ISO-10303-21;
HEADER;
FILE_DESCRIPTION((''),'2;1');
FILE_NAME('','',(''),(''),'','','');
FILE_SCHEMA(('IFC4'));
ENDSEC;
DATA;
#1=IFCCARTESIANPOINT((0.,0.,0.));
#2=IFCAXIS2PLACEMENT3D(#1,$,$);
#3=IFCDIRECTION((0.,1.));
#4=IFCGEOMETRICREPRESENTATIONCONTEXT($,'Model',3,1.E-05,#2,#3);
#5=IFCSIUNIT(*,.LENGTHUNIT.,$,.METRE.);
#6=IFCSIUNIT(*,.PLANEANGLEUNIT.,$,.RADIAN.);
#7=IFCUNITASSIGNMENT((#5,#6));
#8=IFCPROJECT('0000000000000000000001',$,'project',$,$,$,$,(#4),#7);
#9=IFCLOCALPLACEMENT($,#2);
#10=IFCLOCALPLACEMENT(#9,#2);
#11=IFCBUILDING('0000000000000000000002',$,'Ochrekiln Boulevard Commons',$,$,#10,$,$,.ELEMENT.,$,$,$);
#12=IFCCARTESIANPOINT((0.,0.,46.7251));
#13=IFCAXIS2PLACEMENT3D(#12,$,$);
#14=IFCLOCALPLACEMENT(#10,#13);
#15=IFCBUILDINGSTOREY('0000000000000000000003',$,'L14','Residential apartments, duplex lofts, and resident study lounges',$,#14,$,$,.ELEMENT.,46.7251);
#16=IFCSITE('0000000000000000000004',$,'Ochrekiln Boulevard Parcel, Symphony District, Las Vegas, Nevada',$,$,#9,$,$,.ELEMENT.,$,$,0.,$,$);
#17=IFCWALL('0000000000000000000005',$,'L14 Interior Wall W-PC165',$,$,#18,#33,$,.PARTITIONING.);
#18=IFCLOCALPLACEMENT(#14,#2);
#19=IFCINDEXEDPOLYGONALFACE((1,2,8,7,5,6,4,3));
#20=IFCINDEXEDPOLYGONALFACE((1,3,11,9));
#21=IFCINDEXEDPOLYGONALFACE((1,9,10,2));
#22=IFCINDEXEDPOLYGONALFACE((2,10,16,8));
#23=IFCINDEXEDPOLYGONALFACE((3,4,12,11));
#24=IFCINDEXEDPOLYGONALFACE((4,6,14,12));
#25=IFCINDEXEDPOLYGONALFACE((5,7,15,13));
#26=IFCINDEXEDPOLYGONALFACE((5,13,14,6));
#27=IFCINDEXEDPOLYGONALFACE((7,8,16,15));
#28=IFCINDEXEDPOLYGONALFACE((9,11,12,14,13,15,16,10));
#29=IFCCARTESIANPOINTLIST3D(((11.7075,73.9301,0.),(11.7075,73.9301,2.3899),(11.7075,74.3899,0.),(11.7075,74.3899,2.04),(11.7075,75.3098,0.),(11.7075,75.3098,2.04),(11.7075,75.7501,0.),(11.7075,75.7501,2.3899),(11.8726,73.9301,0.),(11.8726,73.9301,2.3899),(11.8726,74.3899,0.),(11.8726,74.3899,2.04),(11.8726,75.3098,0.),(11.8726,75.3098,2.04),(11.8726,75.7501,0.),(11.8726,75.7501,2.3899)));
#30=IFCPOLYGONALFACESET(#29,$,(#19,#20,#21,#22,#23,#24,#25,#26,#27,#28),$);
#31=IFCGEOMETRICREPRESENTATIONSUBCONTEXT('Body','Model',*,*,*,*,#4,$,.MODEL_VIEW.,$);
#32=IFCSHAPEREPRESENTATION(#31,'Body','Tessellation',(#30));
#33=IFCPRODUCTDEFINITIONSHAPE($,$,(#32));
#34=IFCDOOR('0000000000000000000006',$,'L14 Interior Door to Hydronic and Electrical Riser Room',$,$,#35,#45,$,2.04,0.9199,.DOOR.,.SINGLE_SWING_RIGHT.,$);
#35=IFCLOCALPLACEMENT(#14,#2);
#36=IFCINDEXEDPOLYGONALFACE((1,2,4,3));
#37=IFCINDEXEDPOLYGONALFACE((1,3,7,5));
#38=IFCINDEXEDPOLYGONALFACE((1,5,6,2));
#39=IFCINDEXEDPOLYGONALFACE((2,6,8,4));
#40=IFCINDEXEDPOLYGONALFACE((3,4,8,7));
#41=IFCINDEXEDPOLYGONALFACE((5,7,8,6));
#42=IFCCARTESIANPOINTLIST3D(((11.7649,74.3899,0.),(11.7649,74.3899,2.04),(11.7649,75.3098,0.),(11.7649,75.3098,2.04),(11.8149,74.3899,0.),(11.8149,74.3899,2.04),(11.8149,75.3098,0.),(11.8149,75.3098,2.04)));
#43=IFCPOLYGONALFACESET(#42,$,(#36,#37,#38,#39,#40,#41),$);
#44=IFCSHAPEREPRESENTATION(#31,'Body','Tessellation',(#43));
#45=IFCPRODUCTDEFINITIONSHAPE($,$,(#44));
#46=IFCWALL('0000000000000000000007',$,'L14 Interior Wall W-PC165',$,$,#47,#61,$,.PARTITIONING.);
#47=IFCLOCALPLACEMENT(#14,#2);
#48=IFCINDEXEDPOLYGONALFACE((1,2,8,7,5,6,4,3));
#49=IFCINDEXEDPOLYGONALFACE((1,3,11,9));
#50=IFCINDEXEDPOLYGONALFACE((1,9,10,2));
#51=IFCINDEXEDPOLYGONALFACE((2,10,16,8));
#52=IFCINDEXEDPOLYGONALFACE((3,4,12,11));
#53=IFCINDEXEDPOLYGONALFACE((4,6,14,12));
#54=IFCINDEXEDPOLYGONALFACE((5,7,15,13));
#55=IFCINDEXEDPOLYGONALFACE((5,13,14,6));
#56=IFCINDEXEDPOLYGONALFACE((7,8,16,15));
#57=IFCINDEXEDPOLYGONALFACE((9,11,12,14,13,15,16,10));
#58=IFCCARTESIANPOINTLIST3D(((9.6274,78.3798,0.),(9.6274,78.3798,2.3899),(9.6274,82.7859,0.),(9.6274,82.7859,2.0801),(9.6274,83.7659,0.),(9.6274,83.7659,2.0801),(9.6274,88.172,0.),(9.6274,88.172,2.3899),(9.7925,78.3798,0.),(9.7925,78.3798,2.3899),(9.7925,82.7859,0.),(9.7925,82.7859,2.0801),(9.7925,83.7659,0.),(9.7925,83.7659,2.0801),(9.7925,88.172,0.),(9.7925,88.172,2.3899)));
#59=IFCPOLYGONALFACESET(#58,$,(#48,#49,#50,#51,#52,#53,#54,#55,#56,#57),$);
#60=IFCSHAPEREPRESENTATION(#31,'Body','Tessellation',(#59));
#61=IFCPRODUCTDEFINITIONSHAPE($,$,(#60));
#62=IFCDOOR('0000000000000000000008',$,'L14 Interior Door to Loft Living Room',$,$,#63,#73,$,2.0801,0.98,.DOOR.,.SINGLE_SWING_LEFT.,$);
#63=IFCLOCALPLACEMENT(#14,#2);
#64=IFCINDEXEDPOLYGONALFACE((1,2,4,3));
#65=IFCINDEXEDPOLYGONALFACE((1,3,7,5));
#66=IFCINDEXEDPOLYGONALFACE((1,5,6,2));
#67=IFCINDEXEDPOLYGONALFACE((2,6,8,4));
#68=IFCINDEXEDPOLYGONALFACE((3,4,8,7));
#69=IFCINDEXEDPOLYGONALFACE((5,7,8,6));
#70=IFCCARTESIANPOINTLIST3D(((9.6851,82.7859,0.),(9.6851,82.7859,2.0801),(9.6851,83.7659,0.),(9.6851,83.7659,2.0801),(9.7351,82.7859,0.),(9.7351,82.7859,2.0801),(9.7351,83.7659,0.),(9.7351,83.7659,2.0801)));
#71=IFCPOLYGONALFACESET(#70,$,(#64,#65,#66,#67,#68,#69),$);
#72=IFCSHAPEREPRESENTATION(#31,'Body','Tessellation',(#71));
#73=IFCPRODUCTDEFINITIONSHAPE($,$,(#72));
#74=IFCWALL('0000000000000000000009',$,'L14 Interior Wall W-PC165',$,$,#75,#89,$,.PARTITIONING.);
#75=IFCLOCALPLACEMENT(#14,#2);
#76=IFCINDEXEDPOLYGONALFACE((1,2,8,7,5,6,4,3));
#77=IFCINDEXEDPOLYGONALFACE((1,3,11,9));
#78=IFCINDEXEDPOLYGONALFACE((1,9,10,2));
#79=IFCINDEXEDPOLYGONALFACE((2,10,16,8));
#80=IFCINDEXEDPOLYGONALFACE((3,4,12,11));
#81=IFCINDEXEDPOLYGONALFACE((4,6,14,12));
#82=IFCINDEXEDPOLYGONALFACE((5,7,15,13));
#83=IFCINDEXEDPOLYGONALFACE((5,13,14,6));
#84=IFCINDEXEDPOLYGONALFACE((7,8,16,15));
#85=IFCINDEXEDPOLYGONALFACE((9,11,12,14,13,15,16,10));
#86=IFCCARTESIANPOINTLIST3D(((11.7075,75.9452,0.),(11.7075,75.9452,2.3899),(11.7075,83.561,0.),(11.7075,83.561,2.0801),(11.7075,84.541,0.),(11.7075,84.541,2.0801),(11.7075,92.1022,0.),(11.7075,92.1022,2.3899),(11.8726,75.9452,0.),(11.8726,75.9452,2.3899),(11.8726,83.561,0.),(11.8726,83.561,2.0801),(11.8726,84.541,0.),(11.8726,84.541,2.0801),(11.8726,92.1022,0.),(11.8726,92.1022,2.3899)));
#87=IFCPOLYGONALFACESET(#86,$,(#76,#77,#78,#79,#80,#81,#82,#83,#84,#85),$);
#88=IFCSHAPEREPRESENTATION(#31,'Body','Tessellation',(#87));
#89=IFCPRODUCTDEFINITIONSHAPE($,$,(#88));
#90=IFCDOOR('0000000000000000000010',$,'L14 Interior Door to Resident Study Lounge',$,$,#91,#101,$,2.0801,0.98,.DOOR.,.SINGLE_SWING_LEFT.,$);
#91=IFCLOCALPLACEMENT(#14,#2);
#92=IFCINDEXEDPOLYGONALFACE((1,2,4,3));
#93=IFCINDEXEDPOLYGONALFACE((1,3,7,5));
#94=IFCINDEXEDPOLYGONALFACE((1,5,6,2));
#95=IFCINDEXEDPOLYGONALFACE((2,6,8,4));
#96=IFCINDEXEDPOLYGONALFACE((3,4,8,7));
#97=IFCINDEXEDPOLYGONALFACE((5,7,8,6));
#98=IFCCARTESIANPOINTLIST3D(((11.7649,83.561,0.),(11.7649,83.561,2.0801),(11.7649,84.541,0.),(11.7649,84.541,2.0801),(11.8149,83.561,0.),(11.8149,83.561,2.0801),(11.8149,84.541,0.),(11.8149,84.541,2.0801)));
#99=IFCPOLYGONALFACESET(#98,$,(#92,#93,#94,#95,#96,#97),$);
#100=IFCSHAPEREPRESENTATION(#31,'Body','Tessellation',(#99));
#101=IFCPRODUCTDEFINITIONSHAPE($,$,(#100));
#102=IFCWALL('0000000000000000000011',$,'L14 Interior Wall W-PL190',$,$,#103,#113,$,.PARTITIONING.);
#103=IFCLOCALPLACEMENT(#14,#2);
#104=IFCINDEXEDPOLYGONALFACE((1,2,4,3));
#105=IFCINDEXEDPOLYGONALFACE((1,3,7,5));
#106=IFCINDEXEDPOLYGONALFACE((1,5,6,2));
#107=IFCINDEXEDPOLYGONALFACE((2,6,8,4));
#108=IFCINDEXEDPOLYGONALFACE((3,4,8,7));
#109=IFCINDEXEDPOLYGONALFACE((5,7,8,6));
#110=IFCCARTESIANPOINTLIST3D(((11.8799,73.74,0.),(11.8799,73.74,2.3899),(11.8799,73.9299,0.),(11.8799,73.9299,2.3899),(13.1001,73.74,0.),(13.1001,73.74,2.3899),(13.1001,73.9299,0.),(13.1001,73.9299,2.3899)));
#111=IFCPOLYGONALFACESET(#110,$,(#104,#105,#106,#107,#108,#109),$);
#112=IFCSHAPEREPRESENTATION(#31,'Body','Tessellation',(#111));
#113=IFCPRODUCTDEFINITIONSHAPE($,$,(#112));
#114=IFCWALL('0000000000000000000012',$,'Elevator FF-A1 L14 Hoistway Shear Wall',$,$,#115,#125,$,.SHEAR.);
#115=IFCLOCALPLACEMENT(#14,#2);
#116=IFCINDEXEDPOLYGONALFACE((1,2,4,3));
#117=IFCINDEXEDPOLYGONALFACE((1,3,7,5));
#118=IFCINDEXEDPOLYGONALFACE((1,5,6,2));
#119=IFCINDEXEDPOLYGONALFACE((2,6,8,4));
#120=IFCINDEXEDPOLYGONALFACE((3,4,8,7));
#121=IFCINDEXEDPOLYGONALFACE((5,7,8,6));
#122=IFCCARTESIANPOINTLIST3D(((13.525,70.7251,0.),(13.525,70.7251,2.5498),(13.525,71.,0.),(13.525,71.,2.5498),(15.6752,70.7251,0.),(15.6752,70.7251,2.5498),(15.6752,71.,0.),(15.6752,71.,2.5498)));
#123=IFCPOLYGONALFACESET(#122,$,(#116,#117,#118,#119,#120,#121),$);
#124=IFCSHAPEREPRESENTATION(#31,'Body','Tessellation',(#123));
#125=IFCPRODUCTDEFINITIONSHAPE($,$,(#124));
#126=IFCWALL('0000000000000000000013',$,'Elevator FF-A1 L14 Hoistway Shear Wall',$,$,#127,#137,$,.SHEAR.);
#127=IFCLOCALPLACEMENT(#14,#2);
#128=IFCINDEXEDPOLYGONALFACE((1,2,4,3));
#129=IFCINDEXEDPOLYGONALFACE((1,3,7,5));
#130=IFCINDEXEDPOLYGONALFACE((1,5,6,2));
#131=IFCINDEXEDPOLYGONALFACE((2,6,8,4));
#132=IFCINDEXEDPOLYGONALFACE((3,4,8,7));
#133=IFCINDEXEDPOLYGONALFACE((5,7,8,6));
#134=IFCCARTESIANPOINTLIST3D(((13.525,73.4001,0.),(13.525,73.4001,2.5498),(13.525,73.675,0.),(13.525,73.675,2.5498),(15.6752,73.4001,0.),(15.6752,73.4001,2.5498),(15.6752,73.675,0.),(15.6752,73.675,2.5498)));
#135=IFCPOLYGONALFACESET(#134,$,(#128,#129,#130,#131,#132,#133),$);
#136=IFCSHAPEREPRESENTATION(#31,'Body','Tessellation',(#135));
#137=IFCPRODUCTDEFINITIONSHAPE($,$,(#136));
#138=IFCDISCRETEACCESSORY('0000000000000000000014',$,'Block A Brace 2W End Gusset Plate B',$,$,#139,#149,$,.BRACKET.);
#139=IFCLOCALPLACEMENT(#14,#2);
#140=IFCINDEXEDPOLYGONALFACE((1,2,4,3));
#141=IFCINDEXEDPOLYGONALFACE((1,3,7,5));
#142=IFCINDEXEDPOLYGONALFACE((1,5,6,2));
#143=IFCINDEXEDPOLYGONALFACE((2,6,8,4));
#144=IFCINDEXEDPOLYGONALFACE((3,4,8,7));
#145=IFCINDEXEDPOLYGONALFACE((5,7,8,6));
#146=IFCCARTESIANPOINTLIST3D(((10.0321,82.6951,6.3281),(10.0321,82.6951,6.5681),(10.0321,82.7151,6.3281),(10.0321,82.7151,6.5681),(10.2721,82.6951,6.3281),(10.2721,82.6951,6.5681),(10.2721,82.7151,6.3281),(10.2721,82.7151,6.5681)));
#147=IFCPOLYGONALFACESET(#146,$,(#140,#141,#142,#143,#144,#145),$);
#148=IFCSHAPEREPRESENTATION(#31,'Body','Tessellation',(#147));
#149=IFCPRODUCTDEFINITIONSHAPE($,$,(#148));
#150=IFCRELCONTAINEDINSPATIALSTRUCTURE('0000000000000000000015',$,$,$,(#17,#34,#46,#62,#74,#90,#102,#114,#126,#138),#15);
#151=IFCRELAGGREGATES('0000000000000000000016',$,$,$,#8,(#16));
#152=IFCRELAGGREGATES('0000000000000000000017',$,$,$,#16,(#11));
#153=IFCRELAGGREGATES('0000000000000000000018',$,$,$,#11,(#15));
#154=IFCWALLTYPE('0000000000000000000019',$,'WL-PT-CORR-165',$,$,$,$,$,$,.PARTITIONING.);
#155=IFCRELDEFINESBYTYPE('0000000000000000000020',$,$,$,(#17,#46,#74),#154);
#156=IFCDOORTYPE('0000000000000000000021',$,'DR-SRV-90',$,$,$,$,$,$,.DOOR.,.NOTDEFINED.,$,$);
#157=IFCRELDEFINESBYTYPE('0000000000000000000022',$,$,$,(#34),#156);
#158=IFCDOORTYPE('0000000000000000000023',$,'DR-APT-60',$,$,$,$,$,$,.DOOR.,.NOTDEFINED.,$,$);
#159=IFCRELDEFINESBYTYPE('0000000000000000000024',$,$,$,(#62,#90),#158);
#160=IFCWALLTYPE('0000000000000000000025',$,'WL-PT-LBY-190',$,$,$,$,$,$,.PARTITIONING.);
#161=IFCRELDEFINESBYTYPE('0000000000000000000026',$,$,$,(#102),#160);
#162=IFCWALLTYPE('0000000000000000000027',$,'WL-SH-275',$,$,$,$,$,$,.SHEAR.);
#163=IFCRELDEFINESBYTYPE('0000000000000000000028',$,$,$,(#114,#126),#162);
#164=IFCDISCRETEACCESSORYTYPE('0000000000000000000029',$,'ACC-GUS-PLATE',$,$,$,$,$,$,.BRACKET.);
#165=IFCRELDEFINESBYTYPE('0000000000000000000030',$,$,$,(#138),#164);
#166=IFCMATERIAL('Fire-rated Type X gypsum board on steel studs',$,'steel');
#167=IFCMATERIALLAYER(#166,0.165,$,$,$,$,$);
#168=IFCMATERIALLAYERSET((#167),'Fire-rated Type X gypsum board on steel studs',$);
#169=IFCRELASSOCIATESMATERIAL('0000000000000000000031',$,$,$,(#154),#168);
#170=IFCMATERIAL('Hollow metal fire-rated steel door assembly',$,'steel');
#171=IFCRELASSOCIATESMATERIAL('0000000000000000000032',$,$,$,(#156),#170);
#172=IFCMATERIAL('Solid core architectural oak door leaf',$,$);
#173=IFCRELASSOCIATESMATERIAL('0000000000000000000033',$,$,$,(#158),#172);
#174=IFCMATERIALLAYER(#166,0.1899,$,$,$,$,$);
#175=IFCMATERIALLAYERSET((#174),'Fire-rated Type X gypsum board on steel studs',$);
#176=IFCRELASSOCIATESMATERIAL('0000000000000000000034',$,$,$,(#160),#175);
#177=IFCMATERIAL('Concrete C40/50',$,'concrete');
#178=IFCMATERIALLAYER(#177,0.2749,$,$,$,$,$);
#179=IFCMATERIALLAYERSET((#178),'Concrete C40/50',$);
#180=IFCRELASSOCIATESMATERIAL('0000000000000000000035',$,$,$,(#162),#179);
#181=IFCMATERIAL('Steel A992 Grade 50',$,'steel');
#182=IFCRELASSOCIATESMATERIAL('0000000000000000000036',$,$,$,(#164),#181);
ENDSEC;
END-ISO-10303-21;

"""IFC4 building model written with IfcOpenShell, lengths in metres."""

from ifc_helpers import new_model, si_unit, direction, frame, frame_2d, origin, origin_2d, place, context, subcontext, project, spatial, rectangle, extrude, material, layer, layer_set, type_object, element, fill, save


model = new_model("IFC4")

# Units and contexts
model_context = context("Model", 3, precision=1e-05, world=origin(), true_north=direction((0.0, 1.0)))
body_context = subcontext(model_context, "Body", "Model", "MODEL_VIEW")
ifc_project = project(units=[si_unit("LENGTHUNIT", "METRE"), si_unit("PLANEANGLEUNIT", "RADIAN")], contexts=[model_context])

# Site, building, storey
site_placement = place(None, origin())
site = spatial("IfcSite", under=ifc_project, at=site_placement, Name="Ochrekiln Boulevard Parcel, Symphony District, Las Vegas, Nevada", CompositionType="ELEMENT", RefElevation=0.0)
building_placement = place(site_placement, origin())
building = spatial("IfcBuilding", under=site, at=building_placement, Name="Ochrekiln Boulevard Commons", CompositionType="ELEMENT")
storey_placement = place(building_placement, frame((0.0, 0.0, 46.7251)))
storey = spatial("IfcBuildingStorey", under=building, at=storey_placement, Name="L14", Description="Residential apartments, duplex lofts, and resident study lounges", CompositionType="ELEMENT", Elevation=46.7251)

# Shared definitions
ifc_material_1 = material(Name="Fire-rated Type X gypsum board on steel studs", Category="steel")

# Walls, openings, doors
ifc_layer_1 = layer(ifc_material_1, 0.165)
ifc_layer_set_1 = layer_set([ifc_layer_1], Name="Fire-rated Type X gypsum board on steel studs")
wall_type_1 = type_object("IfcWallType", Name="WL-PT-CORR-165", PredefinedType="PARTITIONING", material=ifc_layer_set_1)
wall_1_placement = place(storey_placement, frame((11.79, 73.9299, 0.0), z_axis=(0.0, 0.0, 1.0), x_axis=(0.0, 1.0, 0.0)))
wall_1 = element("IfcWall", 1, at=wall_1_placement, inside=storey, type_object=wall_type_1, Name="L14 Interior Wall W-PC165", PredefinedType="PARTITIONING", context=body_context, shape_type="SweptSolid", body=[
    extrude(rectangle(XDim=1.8201, YDim=0.165, at=frame_2d((0.9102, 0.0))), origin(), (0.0, 0.0, 1.0), 2.3899),
])
opening_1_placement = place(wall_1_placement, frame((0.46, 0.0, 0.0)))
opening_1 = element("IfcOpeningElement", 2, at=opening_1_placement, cuts=wall_1, PredefinedType="OPENING", context=body_context, shape_type="SweptSolid", body=[
    extrude(rectangle(XDim=0.9199, YDim=2.04, at=frame_2d((0.46, 1.02))), frame((0.0, 0.0925, 0.0), z_axis=(0.0, -1.0, 0.0), x_axis=(1.0, 0.0, 0.0)), (0.0, 0.0, 1.0), 0.1851),
])
ifc_material_2 = material(Name="Hollow metal fire-rated steel door assembly", Category="steel")
door_type_1 = type_object("IfcDoorType", Name="DR-SRV-90", OperationType="NOTDEFINED", PredefinedType="DOOR", material=ifc_material_2)
door_1_placement = place(opening_1_placement, frame((0.9199, 0.0, 0.0), z_axis=(0.0, 0.0, 1.0), x_axis=(-1.0, 0.0, 0.0)))
door_1 = element("IfcDoor", 3, at=door_1_placement, inside=storey, type_object=door_type_1, Name="L14 Interior Door to Hydronic and Electrical Riser Room", OperationType="SINGLE_SWING_RIGHT", OverallHeight=2.04, OverallWidth=0.9199, PredefinedType="DOOR", context=body_context, shape_type="SweptSolid", body=[
    extrude(rectangle(XDim=0.9199, YDim=2.04, at=frame_2d((0.46, 1.02))), frame((0.0, 0.0249, 0.0), z_axis=(0.0, -1.0, 0.0), x_axis=(1.0, 0.0, 0.0)), (0.0, 0.0, 1.0), 0.05),
])
fill(opening_1, door_1)
wall_2_placement = place(storey_placement, frame((9.71, 78.3799, 0.0), z_axis=(0.0, 0.0, 1.0), x_axis=(0.0, 1.0, 0.0)))
wall_2 = element("IfcWall", 4, at=wall_2_placement, inside=storey, type_object=wall_type_1, Name="L14 Interior Wall W-PC165", PredefinedType="PARTITIONING", context=body_context, shape_type="SweptSolid", body=[
    extrude(rectangle(XDim=9.7922, YDim=0.165, at=frame_2d((4.896, 0.0))), origin(), (0.0, 0.0, 1.0), 2.3899),
])
opening_2_placement = place(wall_2_placement, frame((4.406, 0.0, 0.0)))
opening_2 = element("IfcOpeningElement", 5, at=opening_2_placement, cuts=wall_2, PredefinedType="OPENING", context=body_context, shape_type="SweptSolid", body=[
    extrude(rectangle(XDim=0.98, YDim=2.0801, at=frame_2d((0.49, 1.04))), frame((0.0, 0.0925, 0.0), z_axis=(0.0, -1.0, 0.0), x_axis=(1.0, 0.0, 0.0)), (0.0, 0.0, 1.0), 0.1851),
])
ifc_material_3 = material(Name="Solid core architectural oak door leaf")
door_type_2 = type_object("IfcDoorType", Name="DR-APT-60", OperationType="NOTDEFINED", PredefinedType="DOOR", material=ifc_material_3)
door_2_placement = place(opening_2_placement, origin())
door_2 = element("IfcDoor", 6, at=door_2_placement, inside=storey, type_object=door_type_2, Name="L14 Interior Door to Loft Living Room", OperationType="SINGLE_SWING_LEFT", OverallHeight=2.0801, OverallWidth=0.98, PredefinedType="DOOR", context=body_context, shape_type="SweptSolid", body=[
    extrude(rectangle(XDim=0.98, YDim=2.0801, at=frame_2d((0.49, 1.04))), frame((0.0, 0.0249, 0.0), z_axis=(0.0, -1.0, 0.0), x_axis=(1.0, 0.0, 0.0)), (0.0, 0.0, 1.0), 0.05),
])
fill(opening_2, door_2)
wall_3_placement = place(storey_placement, frame((11.79, 75.9451, 0.0), z_axis=(0.0, 0.0, 1.0), x_axis=(0.0, 1.0, 0.0)))
wall_3 = element("IfcWall", 7, at=wall_3_placement, inside=storey, type_object=wall_type_1, Name="L14 Interior Wall W-PC165", PredefinedType="PARTITIONING", context=body_context, shape_type="SweptSolid", body=[
    extrude(rectangle(XDim=16.157, YDim=0.165, at=frame_2d((8.0786, 0.0))), origin(), (0.0, 0.0, 1.0), 2.3899),
])
opening_3_placement = place(wall_3_placement, frame((7.616, 0.0, 0.0)))
opening_3 = element("IfcOpeningElement", 8, at=opening_3_placement, cuts=wall_3, PredefinedType="OPENING", context=body_context, shape_type="SweptSolid", body=[
    extrude(rectangle(XDim=0.98, YDim=2.0801, at=frame_2d((0.49, 1.04))), frame((0.0, 0.0925, 0.0), z_axis=(0.0, -1.0, 0.0), x_axis=(1.0, 0.0, 0.0)), (0.0, 0.0, 1.0), 0.1851),
])
door_3_placement = place(opening_3_placement, frame((0.98, 0.0, 0.0), z_axis=(0.0, 0.0, 1.0), x_axis=(-1.0, 0.0, 0.0)))
door_3 = element("IfcDoor", 9, at=door_3_placement, inside=storey, type_object=door_type_2, Name="L14 Interior Door to Resident Study Lounge", OperationType="SINGLE_SWING_LEFT", OverallHeight=2.0801, OverallWidth=0.98, PredefinedType="DOOR", context=body_context, shape_type="SweptSolid", body=[
    extrude(rectangle(XDim=0.98, YDim=2.0801, at=frame_2d((0.49, 1.04))), frame((0.0, 0.0249, 0.0), z_axis=(0.0, -1.0, 0.0), x_axis=(1.0, 0.0, 0.0)), (0.0, 0.0, 1.0), 0.05),
])
fill(opening_3, door_3)

# Wall
ifc_layer_2 = layer(ifc_material_1, 0.1899)
ifc_layer_set_2 = layer_set([ifc_layer_2], Name="Fire-rated Type X gypsum board on steel studs")
wall_type_2 = type_object("IfcWallType", Name="WL-PT-LBY-190", PredefinedType="PARTITIONING", material=ifc_layer_set_2)
wall_4_placement = place(storey_placement, frame((11.8799, 73.835, 0.0), z_axis=(0.0, 0.0, 1.0), x_axis=(1.0, 0.0, 0.0)))
element("IfcWall", 10, at=wall_4_placement, inside=storey, type_object=wall_type_2, Name="L14 Interior Wall W-PL190", PredefinedType="PARTITIONING", context=body_context, shape_type="SweptSolid", body=[
    extrude(rectangle(XDim=1.2202, YDim=0.1899, at=frame_2d((0.6101, 0.0))), origin(), (0.0, 0.0, 1.0), 2.3899),
])

# Walls
ifc_material_4 = material(Name="Concrete C40/50", Category="concrete")
ifc_layer_3 = layer(ifc_material_4, 0.2749)
ifc_layer_set_3 = layer_set([ifc_layer_3], Name="Concrete C40/50")
wall_type_3 = type_object("IfcWallType", Name="WL-SH-275", PredefinedType="SHEAR", material=ifc_layer_set_3)
for number, where, z_axis, x_axis, name in (
    (11, (13.5249, 70.8625, 0.0), (0.0, 0.0, 1.0), (1.0, 0.0, 0.0), "Elevator FF-A1 L14 Hoistway Shear Wall"),
    (12, (13.5249, 73.5376, 0.0), (0.0, 0.0, 1.0), (1.0, 0.0, 0.0), "Elevator FF-A1 L14 Hoistway Shear Wall"),
):
    element("IfcWall", number, at=place(storey_placement, frame(where, z_axis=z_axis, x_axis=x_axis)), inside=storey, type_object=wall_type_3, Name=name, PredefinedType="SHEAR", context=body_context, shape_type="SweptSolid", body=[
        extrude(rectangle(XDim=2.1501, YDim=0.2749, at=frame_2d((1.0752, 0.0))), origin(), (0.0, 0.0, 1.0), 2.5498),
    ])

# Discrete accessory
ifc_material_5 = material(Name="Steel A992 Grade 50", Category="steel")
discrete_accessory_type = type_object("IfcDiscreteAccessoryType", Name="ACC-GUS-PLATE", PredefinedType="BRACKET", material=ifc_material_5)
discrete_accessory_placement = place(storey_placement, frame((10.1521, 82.7051, 6.3281), z_axis=(0.0, 0.0, 1.0), x_axis=(1.0, 0.0, 0.0)))
element("IfcDiscreteAccessory", 13, at=discrete_accessory_placement, inside=storey, type_object=discrete_accessory_type, Name="Block A Brace 2W End Gusset Plate B", PredefinedType="BRACKET", context=body_context, shape_type="SweptSolid", body=[
    extrude(rectangle(XDim=0.24, YDim=0.02, at=origin_2d()), origin(), (0.0, 0.0, 1.0), 0.24),
])

save(model, "model.ifc")
